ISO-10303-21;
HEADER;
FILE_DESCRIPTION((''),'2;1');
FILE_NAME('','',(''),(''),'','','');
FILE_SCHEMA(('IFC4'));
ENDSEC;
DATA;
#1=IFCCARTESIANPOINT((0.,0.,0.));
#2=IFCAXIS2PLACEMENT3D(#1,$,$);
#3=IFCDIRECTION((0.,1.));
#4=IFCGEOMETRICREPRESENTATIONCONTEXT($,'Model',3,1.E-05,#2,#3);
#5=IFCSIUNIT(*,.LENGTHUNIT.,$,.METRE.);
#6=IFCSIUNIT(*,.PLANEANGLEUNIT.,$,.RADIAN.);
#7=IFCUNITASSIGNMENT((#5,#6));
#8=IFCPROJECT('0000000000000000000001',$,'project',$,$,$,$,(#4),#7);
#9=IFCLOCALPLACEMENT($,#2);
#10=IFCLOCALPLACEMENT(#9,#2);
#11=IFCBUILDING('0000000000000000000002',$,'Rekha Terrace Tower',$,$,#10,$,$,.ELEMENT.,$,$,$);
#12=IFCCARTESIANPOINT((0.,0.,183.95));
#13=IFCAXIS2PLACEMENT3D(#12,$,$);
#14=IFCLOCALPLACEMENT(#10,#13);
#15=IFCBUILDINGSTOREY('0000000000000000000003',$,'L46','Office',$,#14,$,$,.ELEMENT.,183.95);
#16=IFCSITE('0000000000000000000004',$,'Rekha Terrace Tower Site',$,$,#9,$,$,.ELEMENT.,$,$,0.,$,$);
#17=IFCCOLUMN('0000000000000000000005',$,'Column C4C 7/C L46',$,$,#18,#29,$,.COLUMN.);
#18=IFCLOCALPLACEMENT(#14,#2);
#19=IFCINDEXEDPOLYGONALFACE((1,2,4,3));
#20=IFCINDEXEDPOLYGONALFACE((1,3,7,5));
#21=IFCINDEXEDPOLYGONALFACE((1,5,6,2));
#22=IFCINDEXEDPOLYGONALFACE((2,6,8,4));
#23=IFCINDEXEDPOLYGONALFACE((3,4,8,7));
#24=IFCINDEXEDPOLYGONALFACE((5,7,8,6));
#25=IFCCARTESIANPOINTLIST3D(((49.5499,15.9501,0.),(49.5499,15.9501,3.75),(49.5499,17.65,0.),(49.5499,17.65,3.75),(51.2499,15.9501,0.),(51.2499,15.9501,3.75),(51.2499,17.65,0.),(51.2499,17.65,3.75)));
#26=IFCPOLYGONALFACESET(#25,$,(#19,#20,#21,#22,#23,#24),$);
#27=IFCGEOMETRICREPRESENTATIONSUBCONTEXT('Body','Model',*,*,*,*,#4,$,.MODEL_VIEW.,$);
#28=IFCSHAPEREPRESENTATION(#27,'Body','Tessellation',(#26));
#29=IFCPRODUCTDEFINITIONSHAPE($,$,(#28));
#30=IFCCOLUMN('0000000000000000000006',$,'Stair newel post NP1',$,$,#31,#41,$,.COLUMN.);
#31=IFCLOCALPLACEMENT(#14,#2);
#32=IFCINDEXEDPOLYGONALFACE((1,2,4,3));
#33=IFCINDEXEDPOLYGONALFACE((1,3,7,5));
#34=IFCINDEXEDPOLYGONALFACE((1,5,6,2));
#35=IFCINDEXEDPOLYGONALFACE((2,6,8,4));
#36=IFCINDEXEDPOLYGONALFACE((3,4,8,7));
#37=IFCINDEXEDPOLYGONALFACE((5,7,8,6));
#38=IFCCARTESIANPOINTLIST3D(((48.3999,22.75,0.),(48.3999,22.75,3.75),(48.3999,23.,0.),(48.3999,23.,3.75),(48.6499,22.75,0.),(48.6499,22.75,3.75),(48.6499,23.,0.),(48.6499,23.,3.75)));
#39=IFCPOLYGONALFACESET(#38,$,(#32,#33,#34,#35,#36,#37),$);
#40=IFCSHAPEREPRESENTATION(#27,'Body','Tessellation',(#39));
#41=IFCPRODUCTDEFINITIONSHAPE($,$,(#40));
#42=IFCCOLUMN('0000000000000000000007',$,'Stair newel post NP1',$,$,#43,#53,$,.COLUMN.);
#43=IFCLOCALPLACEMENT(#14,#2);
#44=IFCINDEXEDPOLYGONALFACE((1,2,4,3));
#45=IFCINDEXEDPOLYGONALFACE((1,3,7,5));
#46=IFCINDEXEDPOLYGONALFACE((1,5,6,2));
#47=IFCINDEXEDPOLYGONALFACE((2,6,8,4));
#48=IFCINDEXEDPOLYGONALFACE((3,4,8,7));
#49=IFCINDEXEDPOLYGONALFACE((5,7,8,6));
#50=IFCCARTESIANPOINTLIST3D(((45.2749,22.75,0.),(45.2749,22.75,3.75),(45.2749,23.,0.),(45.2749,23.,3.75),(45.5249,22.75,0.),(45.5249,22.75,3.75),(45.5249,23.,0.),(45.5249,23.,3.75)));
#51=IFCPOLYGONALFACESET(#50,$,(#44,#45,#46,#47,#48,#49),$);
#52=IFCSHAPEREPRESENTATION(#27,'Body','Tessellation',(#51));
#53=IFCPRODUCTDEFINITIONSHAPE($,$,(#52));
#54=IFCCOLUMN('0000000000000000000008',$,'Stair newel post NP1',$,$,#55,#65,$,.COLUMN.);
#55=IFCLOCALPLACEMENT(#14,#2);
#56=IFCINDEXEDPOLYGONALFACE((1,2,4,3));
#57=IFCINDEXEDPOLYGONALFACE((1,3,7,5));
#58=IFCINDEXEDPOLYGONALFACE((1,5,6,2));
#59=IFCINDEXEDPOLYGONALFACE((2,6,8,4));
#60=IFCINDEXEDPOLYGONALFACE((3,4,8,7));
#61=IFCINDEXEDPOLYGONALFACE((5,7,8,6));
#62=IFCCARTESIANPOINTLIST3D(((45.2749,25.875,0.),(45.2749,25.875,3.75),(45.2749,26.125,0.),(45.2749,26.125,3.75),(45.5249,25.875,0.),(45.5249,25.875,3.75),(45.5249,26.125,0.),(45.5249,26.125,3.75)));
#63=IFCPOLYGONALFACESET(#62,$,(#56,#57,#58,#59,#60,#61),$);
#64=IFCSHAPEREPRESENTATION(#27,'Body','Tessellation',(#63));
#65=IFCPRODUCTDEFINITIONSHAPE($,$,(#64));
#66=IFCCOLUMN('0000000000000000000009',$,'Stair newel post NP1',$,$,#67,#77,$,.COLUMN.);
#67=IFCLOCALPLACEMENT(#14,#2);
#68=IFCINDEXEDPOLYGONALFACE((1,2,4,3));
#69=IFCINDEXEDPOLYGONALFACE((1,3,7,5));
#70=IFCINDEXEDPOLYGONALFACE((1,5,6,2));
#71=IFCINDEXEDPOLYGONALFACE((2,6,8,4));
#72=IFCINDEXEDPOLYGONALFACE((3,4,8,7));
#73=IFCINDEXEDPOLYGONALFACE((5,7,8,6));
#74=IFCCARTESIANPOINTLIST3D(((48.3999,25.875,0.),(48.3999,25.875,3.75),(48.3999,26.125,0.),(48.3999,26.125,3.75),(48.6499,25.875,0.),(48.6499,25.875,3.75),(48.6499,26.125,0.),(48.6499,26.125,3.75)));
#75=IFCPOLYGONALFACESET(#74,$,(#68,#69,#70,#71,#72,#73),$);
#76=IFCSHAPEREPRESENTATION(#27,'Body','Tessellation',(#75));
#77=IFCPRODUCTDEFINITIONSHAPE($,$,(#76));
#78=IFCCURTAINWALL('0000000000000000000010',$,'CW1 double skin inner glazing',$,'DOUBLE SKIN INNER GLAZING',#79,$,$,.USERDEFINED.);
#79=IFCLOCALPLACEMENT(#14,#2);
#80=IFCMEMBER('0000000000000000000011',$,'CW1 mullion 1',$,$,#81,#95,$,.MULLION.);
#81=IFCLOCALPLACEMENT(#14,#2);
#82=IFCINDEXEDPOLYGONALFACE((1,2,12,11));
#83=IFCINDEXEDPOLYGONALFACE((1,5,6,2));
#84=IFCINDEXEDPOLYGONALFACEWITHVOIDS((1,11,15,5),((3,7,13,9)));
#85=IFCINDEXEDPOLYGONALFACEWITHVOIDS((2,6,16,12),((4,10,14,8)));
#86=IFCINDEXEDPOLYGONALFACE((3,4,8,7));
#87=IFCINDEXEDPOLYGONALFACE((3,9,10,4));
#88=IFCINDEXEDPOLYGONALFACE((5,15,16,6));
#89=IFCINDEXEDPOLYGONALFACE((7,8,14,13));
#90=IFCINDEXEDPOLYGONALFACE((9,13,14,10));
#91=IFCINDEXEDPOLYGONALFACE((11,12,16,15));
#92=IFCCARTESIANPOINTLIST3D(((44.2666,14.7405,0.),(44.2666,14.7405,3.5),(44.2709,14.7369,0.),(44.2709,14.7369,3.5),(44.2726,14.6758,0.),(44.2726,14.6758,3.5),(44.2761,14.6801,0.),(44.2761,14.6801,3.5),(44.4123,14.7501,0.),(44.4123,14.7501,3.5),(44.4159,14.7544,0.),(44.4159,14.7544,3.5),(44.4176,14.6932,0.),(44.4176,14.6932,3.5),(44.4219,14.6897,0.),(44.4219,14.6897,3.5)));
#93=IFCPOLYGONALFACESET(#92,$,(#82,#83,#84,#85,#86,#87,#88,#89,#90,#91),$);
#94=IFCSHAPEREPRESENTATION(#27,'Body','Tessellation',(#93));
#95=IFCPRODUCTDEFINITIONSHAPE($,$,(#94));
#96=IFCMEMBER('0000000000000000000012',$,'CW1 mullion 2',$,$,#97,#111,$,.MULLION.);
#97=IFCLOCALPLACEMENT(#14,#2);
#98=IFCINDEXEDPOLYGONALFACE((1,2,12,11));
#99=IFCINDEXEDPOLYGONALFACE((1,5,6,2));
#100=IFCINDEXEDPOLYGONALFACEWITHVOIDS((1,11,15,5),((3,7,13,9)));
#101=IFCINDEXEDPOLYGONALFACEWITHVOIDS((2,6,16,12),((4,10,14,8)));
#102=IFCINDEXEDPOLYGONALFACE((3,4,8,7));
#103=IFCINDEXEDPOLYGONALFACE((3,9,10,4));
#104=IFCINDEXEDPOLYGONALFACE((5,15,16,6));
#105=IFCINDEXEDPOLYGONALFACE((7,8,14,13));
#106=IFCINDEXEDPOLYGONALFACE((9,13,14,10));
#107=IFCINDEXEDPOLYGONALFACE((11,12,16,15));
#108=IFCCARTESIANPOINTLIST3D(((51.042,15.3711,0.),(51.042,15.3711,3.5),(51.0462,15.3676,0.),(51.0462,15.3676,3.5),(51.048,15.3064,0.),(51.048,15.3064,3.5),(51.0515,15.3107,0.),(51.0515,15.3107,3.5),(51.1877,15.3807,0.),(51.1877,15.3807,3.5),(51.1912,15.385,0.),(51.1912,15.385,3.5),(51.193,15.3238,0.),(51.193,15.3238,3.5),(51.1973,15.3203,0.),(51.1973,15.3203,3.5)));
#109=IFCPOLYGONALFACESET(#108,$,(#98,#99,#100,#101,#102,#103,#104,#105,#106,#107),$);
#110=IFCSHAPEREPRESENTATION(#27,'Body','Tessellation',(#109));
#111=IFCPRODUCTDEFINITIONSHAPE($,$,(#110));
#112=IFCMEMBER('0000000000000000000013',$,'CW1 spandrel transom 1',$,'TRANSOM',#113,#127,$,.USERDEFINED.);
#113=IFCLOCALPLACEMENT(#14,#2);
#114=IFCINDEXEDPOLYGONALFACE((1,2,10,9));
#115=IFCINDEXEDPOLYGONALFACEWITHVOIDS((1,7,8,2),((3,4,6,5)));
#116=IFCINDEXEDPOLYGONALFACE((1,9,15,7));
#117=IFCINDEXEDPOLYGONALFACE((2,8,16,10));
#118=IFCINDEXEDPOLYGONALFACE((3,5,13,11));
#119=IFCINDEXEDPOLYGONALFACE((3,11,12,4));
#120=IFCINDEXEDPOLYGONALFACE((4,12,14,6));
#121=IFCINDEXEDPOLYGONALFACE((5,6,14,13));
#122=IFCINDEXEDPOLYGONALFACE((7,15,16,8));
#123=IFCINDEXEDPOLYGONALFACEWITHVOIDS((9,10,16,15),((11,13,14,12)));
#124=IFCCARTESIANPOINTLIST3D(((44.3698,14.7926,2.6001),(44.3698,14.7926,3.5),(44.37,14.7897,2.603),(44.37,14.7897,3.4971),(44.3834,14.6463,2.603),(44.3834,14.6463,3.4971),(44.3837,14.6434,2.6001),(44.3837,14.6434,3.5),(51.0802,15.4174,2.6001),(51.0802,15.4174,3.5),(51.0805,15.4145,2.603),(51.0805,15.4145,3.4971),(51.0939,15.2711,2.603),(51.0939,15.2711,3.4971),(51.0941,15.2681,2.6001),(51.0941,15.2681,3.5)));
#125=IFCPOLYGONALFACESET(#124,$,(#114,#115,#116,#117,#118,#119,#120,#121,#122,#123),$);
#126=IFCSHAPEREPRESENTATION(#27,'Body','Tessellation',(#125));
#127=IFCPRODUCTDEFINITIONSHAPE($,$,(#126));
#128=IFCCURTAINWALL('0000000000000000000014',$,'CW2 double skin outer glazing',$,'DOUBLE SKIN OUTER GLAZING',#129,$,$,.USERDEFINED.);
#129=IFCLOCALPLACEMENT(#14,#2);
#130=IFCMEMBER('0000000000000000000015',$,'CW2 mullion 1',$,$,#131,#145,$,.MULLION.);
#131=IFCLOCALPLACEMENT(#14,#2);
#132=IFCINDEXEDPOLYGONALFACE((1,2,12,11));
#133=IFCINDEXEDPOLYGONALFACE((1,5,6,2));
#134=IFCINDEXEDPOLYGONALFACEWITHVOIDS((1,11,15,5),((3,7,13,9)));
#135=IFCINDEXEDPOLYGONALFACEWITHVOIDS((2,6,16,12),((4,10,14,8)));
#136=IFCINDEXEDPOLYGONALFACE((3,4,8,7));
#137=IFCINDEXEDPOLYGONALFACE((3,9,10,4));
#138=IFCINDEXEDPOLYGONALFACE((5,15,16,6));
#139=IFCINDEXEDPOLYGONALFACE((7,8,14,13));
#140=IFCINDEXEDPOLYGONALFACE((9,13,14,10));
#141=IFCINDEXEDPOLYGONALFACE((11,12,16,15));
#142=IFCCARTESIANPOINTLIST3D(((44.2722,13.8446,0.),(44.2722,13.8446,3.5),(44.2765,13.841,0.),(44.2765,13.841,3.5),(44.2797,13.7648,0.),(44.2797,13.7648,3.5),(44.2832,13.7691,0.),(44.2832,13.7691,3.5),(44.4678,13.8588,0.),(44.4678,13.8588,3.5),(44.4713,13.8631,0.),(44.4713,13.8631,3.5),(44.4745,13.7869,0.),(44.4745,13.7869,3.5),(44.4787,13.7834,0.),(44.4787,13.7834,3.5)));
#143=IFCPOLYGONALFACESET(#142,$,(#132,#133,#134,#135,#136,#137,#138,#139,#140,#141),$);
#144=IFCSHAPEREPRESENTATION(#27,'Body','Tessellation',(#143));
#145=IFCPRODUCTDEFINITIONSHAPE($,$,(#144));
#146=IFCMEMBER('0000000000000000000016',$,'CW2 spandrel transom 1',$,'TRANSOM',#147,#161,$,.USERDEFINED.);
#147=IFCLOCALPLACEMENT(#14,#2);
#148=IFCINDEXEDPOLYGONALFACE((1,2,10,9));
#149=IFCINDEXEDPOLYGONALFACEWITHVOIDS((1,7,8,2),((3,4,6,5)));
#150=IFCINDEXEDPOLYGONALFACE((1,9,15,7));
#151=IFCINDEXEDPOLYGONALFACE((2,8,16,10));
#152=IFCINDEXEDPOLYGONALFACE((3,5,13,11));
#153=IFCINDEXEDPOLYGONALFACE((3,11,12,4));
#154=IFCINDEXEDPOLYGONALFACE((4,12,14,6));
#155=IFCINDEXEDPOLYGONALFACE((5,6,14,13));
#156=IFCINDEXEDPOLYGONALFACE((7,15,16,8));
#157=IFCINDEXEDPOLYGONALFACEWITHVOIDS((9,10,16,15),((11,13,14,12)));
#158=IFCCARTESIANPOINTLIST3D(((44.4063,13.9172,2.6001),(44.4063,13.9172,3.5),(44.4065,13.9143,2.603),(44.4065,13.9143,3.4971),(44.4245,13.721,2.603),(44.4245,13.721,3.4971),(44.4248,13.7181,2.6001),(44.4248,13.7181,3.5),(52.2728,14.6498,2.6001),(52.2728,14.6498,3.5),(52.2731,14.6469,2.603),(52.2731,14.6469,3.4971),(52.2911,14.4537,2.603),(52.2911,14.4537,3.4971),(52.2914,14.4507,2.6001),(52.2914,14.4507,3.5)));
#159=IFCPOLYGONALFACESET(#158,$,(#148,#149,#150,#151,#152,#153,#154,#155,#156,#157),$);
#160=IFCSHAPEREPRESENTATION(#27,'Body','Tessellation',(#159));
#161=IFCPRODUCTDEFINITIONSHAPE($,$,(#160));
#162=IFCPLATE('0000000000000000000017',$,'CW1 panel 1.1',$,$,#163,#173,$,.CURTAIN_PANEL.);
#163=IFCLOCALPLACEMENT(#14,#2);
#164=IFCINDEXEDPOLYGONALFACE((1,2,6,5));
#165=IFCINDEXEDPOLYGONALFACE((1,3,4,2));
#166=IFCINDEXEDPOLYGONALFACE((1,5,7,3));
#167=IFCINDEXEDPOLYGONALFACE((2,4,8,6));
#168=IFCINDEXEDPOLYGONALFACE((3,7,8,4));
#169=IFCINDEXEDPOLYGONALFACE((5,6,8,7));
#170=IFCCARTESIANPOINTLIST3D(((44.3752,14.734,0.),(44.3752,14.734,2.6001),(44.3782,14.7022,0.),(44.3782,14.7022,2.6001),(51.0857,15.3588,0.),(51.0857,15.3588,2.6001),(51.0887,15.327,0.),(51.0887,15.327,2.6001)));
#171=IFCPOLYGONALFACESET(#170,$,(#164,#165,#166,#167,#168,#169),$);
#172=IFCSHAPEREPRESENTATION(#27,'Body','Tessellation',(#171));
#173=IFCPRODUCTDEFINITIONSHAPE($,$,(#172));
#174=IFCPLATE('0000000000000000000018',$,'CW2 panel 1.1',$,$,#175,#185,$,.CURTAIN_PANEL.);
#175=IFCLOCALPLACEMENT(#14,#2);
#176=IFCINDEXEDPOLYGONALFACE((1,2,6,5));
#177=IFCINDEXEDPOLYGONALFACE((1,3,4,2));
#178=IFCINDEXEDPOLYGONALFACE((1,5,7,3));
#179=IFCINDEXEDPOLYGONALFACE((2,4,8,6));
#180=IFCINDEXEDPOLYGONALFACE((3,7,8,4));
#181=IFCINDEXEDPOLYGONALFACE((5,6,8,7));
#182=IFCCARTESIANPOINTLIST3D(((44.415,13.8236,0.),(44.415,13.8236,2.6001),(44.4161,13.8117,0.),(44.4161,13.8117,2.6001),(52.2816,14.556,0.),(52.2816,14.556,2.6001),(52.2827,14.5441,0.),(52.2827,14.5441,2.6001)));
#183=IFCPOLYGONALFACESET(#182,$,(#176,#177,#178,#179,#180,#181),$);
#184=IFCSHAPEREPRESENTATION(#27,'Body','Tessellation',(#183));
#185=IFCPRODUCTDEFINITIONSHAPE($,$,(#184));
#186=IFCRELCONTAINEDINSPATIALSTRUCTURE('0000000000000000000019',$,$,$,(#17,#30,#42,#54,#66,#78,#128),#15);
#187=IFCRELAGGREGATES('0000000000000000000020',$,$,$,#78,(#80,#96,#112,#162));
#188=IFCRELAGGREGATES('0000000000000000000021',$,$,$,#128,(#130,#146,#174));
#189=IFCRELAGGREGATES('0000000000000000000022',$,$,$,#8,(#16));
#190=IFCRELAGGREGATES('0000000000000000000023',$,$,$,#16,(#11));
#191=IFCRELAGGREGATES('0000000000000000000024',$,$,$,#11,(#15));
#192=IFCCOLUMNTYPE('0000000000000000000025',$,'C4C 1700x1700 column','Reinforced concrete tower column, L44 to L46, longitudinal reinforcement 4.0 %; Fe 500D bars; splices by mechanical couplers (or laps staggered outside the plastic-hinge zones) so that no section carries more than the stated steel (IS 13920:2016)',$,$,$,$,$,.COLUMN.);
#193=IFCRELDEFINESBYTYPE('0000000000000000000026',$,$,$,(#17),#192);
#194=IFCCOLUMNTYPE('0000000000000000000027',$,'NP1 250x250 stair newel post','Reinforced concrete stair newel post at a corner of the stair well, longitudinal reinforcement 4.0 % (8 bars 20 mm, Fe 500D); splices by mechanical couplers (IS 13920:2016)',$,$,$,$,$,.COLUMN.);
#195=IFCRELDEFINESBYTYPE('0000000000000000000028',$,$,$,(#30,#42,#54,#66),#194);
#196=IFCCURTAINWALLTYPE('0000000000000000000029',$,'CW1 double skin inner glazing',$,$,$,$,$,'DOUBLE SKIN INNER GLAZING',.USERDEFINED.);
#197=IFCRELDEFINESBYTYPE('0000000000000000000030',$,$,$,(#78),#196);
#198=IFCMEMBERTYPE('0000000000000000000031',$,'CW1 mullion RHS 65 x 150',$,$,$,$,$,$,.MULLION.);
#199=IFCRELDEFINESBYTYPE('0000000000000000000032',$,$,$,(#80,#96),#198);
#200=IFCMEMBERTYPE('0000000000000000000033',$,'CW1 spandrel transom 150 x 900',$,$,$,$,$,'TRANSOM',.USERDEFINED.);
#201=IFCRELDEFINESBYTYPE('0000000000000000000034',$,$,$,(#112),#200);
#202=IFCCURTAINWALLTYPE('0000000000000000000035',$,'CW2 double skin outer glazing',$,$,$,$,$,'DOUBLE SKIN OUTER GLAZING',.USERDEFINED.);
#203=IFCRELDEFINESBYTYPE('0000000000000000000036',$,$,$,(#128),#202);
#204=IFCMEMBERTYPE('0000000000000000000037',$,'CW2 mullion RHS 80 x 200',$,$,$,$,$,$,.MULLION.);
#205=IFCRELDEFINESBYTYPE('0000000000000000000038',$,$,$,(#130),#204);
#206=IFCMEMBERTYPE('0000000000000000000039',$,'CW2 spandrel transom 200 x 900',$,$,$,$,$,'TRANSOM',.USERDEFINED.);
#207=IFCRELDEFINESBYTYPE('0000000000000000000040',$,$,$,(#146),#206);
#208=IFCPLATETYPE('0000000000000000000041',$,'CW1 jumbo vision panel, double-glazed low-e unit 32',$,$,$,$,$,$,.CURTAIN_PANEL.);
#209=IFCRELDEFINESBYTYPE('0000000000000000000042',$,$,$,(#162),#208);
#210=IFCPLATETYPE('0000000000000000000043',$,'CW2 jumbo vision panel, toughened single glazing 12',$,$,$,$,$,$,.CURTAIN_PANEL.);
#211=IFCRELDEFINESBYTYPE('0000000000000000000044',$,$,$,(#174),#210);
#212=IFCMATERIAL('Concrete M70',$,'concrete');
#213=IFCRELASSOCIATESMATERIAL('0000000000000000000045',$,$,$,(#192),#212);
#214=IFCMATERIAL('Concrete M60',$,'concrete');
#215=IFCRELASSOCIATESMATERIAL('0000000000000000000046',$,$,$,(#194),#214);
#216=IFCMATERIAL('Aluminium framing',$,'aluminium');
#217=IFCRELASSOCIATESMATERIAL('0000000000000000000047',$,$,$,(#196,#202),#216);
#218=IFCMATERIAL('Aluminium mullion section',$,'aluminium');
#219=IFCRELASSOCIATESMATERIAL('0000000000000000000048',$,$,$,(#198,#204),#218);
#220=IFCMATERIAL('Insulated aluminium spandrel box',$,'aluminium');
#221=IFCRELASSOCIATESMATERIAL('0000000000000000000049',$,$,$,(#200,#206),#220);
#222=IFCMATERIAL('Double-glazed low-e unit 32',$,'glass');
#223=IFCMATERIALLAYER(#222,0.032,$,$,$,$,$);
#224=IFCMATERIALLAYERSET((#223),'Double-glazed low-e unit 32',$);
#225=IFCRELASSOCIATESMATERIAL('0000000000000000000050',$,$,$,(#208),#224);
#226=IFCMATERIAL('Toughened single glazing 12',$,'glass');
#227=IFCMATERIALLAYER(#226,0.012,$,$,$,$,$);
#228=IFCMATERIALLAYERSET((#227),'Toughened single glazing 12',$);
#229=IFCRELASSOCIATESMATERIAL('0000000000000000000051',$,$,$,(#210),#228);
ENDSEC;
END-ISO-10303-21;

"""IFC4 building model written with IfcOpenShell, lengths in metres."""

from ifc_helpers import new_model, si_unit, direction, frame, origin, origin_2d, place, context, subcontext, project, spatial, rectangle, hollow_rectangle, extrude, material, layer, layer_set, material_profile, profile_set, type_object, element, aggregate, save


model = new_model("IFC4")

# Units and contexts
model_context = context("Model", 3, precision=1e-05, world=origin(), true_north=direction((0.0, 1.0)))
body_context = subcontext(model_context, "Body", "Model", "MODEL_VIEW")
ifc_project = project(units=[si_unit("LENGTHUNIT", "METRE"), si_unit("PLANEANGLEUNIT", "RADIAN")], contexts=[model_context])

# Site, building, storey
site_placement = place(None, origin())
site = spatial("IfcSite", under=ifc_project, at=site_placement, Name="Rekha Terrace Tower Site", CompositionType="ELEMENT", RefElevation=0.0)
building_placement = place(site_placement, origin())
building = spatial("IfcBuilding", under=site, at=building_placement, Name="Rekha Terrace Tower", CompositionType="ELEMENT")
storey_placement = place(building_placement, frame((0.0, 0.0, 183.95)))
storey = spatial("IfcBuildingStorey", under=building, at=storey_placement, Name="L46", Description="Office", CompositionType="ELEMENT", Elevation=183.95)

# Columns
ifc_material_1 = material(Name="Concrete M70", Category="concrete")
ifc_material_profile_1 = material_profile(ifc_material_1, rectangle(XDim=1.7, YDim=1.7, at=origin_2d()), Name="RC 1700x1700")
ifc_profile_set_1 = profile_set([ifc_material_profile_1], Name="Concrete M70")
column_type_1 = type_object("IfcColumnType", Name="C4C 1700x1700 column", Description="Reinforced concrete tower column, L44 to L46, longitudinal reinforcement 4.0 %; Fe 500D bars; splices by mechanical couplers (or laps staggered outside the plastic-hinge zones) so that no section carries more than the stated steel (IS 13920:2016)", PredefinedType="COLUMN", material=ifc_profile_set_1)
column_placement = place(storey_placement, frame((50.3999, 16.8, 0.0), z_axis=(0.0, 0.0, 1.0), x_axis=(1.0, 0.0, 0.0)))
element("IfcColumn", 1, at=column_placement, inside=storey, type_object=column_type_1, Name="Column C4C 7/C L46", PredefinedType="COLUMN", context=body_context, shape_type="SweptSolid", body=[
    extrude(rectangle(XDim=1.7, YDim=1.7, at=origin_2d()), origin(), (0.0, 0.0, 1.0), 3.75),
])
ifc_material_2 = material(Name="Concrete M60", Category="concrete")
ifc_material_profile_2 = material_profile(ifc_material_2, rectangle(XDim=0.25, YDim=0.25, at=origin_2d()), Name="RC 250x250")
ifc_profile_set_2 = profile_set([ifc_material_profile_2], Name="Concrete M60")
column_type_2 = type_object("IfcColumnType", Name="NP1 250x250 stair newel post", Description="Reinforced concrete stair newel post at a corner of the stair well, longitudinal reinforcement 4.0 % (8 bars 20 mm, Fe 500D); splices by mechanical couplers (IS 13920:2016)", PredefinedType="COLUMN", material=ifc_profile_set_2)
for number, where, z_axis, x_axis, name in (
    (2, (48.5249, 22.875, 0.0), (0.0, 0.0, 1.0), (1.0, 0.0, 0.0), "Stair newel post NP1"),
    (3, (45.3999, 22.875, 0.0), (0.0, 0.0, 1.0), (1.0, 0.0, 0.0), "Stair newel post NP1"),
    (4, (45.3999, 26.0, 0.0), (0.0, 0.0, 1.0), (1.0, 0.0, 0.0), "Stair newel post NP1"),
    (5, (48.5249, 26.0, 0.0), (0.0, 0.0, 1.0), (1.0, 0.0, 0.0), "Stair newel post NP1"),
):
    element("IfcColumn", number, at=place(storey_placement, frame(where, z_axis=z_axis, x_axis=x_axis)), inside=storey, type_object=column_type_2, Name=name, PredefinedType="COLUMN", context=body_context, shape_type="SweptSolid", body=[
        extrude(rectangle(XDim=0.25, YDim=0.25, at=origin_2d()), origin(), (0.0, 0.0, 1.0), 3.75),
    ])

# Curtain walls, members
ifc_material_3 = material(Name="Aluminium framing", Category="aluminium")
curtain_wall_type_1 = type_object("IfcCurtainWallType", Name="CW1 double skin inner glazing", ElementType="DOUBLE SKIN INNER GLAZING", PredefinedType="USERDEFINED", material=ifc_material_3)
curtain_wall_1_placement = place(storey_placement, origin())
curtain_wall_1 = element("IfcCurtainWall", 6, at=curtain_wall_1_placement, inside=storey, type_object=curtain_wall_type_1, Name="CW1 double skin inner glazing", ObjectType="DOUBLE SKIN INNER GLAZING", PredefinedType="USERDEFINED")
ifc_material_4 = material(Name="Aluminium mullion section", Category="aluminium")
ifc_material_profile_3 = material_profile(ifc_material_4, hollow_rectangle(XDim=0.0649, YDim=0.1499, WallThickness=0.0039, at=origin_2d()), Name="AL RHS 65x150")
ifc_profile_set_3 = profile_set([ifc_material_profile_3], Name="Aluminium mullion section")
member_type_1 = type_object("IfcMemberType", Name="CW1 mullion RHS 65 x 150", PredefinedType="MULLION", material=ifc_profile_set_3)
member_1_placement = place(storey_placement, frame((44.3442, 14.7151, 0.0), z_axis=(0.0, 0.0, 1.0), x_axis=(-0.092709, 0.995693, 0.0)))
member_1 = element("IfcMember", 7, at=member_1_placement, type_object=member_type_1, Name="CW1 mullion 1", PredefinedType="MULLION", context=body_context, shape_type="SweptSolid", body=[
    extrude(hollow_rectangle(XDim=0.0649, YDim=0.1499, WallThickness=0.0039, at=origin_2d()), origin(), (0.0, 0.0, 1.0), 3.5),
])
member_2_placement = place(storey_placement, frame((51.1196, 15.3457, 0.0), z_axis=(0.0, 0.0, 1.0), x_axis=(-0.092709, 0.995693, 0.0)))
member_2 = element("IfcMember", 8, at=member_2_placement, type_object=member_type_1, Name="CW1 mullion 2", PredefinedType="MULLION", context=body_context, shape_type="SweptSolid", body=[
    extrude(hollow_rectangle(XDim=0.0649, YDim=0.1499, WallThickness=0.0039, at=origin_2d()), origin(), (0.0, 0.0, 1.0), 3.5),
])
ifc_material_5 = material(Name="Insulated aluminium spandrel box", Category="aluminium")
ifc_material_profile_4 = material_profile(ifc_material_5, hollow_rectangle(XDim=0.1499, YDim=0.8999, WallThickness=0.0029, at=origin_2d()), Name="AL SPANDREL BOX 150x900")
ifc_profile_set_4 = profile_set([ifc_material_profile_4], Name="Insulated aluminium spandrel box")
member_type_2 = type_object("IfcMemberType", Name="CW1 spandrel transom 150 x 900", ElementType="TRANSOM", PredefinedType="USERDEFINED", material=ifc_profile_set_4)
member_3_placement = place(storey_placement, frame((44.3767, 14.718, 3.05), z_axis=(0.995694, 0.092701, 0.0), x_axis=(-0.092701, 0.995694, 0.0)))
member_3 = element("IfcMember", 9, at=member_3_placement, type_object=member_type_2, Name="CW1 spandrel transom 1", ObjectType="TRANSOM", PredefinedType="USERDEFINED", context=body_context, shape_type="SweptSolid", body=[
    extrude(hollow_rectangle(XDim=0.1499, YDim=0.8999, WallThickness=0.0029, at=origin_2d()), origin(), (0.0, 0.0, 1.0), 6.7395),
])
curtain_wall_type_2 = type_object("IfcCurtainWallType", Name="CW2 double skin outer glazing", ElementType="DOUBLE SKIN OUTER GLAZING", PredefinedType="USERDEFINED", material=ifc_material_3)
curtain_wall_2_placement = place(storey_placement, origin())
curtain_wall_2 = element("IfcCurtainWall", 10, at=curtain_wall_2_placement, inside=storey, type_object=curtain_wall_type_2, Name="CW2 double skin outer glazing", ObjectType="DOUBLE SKIN OUTER GLAZING", PredefinedType="USERDEFINED")
ifc_material_profile_5 = material_profile(ifc_material_4, hollow_rectangle(XDim=0.0801, YDim=0.2, WallThickness=0.0039, at=origin_2d()), Name="AL RHS 80x200")
ifc_profile_set_5 = profile_set([ifc_material_profile_5], Name="Aluminium mullion section")
member_type_3 = type_object("IfcMemberType", Name="CW2 mullion RHS 80 x 200", PredefinedType="MULLION", material=ifc_profile_set_5)
member_4_placement = place(storey_placement, frame((44.3755, 13.814, 0.0), z_axis=(0.0, 0.0, 1.0), x_axis=(-0.092709, 0.995693, 0.0)))
member_4 = element("IfcMember", 11, at=member_4_placement, type_object=member_type_3, Name="CW2 mullion 1", PredefinedType="MULLION", context=body_context, shape_type="SweptSolid", body=[
    extrude(hollow_rectangle(XDim=0.0801, YDim=0.2, WallThickness=0.0039, at=origin_2d()), origin(), (0.0, 0.0, 1.0), 3.5),
])
ifc_material_profile_6 = material_profile(ifc_material_5, hollow_rectangle(XDim=0.2, YDim=0.8999, WallThickness=0.0029, at=origin_2d()), Name="AL SPANDREL BOX 200x900")
ifc_profile_set_6 = profile_set([ifc_material_profile_6], Name="Insulated aluminium spandrel box")
member_type_4 = type_object("IfcMemberType", Name="CW2 spandrel transom 200 x 900", ElementType="TRANSOM", PredefinedType="USERDEFINED", material=ifc_profile_set_6)
member_5_placement = place(storey_placement, frame((44.4155, 13.8176, 3.05), z_axis=(0.995691, 0.092734, 0.0), x_axis=(-0.092734, 0.995691, 0.0)))
member_5 = element("IfcMember", 12, at=member_5_placement, type_object=member_type_4, Name="CW2 spandrel transom 1", ObjectType="TRANSOM", PredefinedType="USERDEFINED", context=body_context, shape_type="SweptSolid", body=[
    extrude(hollow_rectangle(XDim=0.2, YDim=0.8999, WallThickness=0.0029, at=origin_2d()), origin(), (0.0, 0.0, 1.0), 7.9006),
])

# Plates
ifc_material_6 = material(Name="Double-glazed low-e unit 32", Category="glass")
ifc_layer_1 = layer(ifc_material_6, 0.032)
ifc_layer_set_1 = layer_set([ifc_layer_1], Name="Double-glazed low-e unit 32")
plate_type_1 = type_object("IfcPlateType", Name="CW1 jumbo vision panel, double-glazed low-e unit 32", PredefinedType="CURTAIN_PANEL", material=ifc_layer_set_1)
plate_1_placement = place(storey_placement, frame((47.7319, 15.0305, 0.0), z_axis=(0.0, 0.0, 1.0), x_axis=(0.995693, 0.092709, 0.0)))
plate_1 = element("IfcPlate", 13, at=plate_1_placement, type_object=plate_type_1, Name="CW1 panel 1.1", PredefinedType="CURTAIN_PANEL", context=body_context, shape_type="SweptSolid", body=[
    extrude(rectangle(XDim=6.7395, YDim=0.032, at=origin_2d()), origin(), (0.0, 0.0, 1.0), 2.6001),
])
aggregate(curtain_wall_1, [member_1, member_2, member_3, plate_1])
ifc_material_7 = material(Name="Toughened single glazing 12", Category="glass")
ifc_layer_2 = layer(ifc_material_7, 0.012)
ifc_layer_set_2 = layer_set([ifc_layer_2], Name="Toughened single glazing 12")
plate_type_2 = type_object("IfcPlateType", Name="CW2 jumbo vision panel, toughened single glazing 12", PredefinedType="CURTAIN_PANEL", material=ifc_layer_set_2)
plate_2_placement = place(storey_placement, frame((48.3489, 14.1838, 0.0), z_axis=(0.0, 0.0, 1.0), x_axis=(0.995693, 0.092709, 0.0)))
plate_2 = element("IfcPlate", 14, at=plate_2_placement, type_object=plate_type_2, Name="CW2 panel 1.1", PredefinedType="CURTAIN_PANEL", context=body_context, shape_type="SweptSolid", body=[
    extrude(rectangle(XDim=7.9006, YDim=0.012, at=origin_2d()), origin(), (0.0, 0.0, 1.0), 2.6001),
])
aggregate(curtain_wall_2, [member_4, member_5, plate_2])

save(model, "model.ifc")
